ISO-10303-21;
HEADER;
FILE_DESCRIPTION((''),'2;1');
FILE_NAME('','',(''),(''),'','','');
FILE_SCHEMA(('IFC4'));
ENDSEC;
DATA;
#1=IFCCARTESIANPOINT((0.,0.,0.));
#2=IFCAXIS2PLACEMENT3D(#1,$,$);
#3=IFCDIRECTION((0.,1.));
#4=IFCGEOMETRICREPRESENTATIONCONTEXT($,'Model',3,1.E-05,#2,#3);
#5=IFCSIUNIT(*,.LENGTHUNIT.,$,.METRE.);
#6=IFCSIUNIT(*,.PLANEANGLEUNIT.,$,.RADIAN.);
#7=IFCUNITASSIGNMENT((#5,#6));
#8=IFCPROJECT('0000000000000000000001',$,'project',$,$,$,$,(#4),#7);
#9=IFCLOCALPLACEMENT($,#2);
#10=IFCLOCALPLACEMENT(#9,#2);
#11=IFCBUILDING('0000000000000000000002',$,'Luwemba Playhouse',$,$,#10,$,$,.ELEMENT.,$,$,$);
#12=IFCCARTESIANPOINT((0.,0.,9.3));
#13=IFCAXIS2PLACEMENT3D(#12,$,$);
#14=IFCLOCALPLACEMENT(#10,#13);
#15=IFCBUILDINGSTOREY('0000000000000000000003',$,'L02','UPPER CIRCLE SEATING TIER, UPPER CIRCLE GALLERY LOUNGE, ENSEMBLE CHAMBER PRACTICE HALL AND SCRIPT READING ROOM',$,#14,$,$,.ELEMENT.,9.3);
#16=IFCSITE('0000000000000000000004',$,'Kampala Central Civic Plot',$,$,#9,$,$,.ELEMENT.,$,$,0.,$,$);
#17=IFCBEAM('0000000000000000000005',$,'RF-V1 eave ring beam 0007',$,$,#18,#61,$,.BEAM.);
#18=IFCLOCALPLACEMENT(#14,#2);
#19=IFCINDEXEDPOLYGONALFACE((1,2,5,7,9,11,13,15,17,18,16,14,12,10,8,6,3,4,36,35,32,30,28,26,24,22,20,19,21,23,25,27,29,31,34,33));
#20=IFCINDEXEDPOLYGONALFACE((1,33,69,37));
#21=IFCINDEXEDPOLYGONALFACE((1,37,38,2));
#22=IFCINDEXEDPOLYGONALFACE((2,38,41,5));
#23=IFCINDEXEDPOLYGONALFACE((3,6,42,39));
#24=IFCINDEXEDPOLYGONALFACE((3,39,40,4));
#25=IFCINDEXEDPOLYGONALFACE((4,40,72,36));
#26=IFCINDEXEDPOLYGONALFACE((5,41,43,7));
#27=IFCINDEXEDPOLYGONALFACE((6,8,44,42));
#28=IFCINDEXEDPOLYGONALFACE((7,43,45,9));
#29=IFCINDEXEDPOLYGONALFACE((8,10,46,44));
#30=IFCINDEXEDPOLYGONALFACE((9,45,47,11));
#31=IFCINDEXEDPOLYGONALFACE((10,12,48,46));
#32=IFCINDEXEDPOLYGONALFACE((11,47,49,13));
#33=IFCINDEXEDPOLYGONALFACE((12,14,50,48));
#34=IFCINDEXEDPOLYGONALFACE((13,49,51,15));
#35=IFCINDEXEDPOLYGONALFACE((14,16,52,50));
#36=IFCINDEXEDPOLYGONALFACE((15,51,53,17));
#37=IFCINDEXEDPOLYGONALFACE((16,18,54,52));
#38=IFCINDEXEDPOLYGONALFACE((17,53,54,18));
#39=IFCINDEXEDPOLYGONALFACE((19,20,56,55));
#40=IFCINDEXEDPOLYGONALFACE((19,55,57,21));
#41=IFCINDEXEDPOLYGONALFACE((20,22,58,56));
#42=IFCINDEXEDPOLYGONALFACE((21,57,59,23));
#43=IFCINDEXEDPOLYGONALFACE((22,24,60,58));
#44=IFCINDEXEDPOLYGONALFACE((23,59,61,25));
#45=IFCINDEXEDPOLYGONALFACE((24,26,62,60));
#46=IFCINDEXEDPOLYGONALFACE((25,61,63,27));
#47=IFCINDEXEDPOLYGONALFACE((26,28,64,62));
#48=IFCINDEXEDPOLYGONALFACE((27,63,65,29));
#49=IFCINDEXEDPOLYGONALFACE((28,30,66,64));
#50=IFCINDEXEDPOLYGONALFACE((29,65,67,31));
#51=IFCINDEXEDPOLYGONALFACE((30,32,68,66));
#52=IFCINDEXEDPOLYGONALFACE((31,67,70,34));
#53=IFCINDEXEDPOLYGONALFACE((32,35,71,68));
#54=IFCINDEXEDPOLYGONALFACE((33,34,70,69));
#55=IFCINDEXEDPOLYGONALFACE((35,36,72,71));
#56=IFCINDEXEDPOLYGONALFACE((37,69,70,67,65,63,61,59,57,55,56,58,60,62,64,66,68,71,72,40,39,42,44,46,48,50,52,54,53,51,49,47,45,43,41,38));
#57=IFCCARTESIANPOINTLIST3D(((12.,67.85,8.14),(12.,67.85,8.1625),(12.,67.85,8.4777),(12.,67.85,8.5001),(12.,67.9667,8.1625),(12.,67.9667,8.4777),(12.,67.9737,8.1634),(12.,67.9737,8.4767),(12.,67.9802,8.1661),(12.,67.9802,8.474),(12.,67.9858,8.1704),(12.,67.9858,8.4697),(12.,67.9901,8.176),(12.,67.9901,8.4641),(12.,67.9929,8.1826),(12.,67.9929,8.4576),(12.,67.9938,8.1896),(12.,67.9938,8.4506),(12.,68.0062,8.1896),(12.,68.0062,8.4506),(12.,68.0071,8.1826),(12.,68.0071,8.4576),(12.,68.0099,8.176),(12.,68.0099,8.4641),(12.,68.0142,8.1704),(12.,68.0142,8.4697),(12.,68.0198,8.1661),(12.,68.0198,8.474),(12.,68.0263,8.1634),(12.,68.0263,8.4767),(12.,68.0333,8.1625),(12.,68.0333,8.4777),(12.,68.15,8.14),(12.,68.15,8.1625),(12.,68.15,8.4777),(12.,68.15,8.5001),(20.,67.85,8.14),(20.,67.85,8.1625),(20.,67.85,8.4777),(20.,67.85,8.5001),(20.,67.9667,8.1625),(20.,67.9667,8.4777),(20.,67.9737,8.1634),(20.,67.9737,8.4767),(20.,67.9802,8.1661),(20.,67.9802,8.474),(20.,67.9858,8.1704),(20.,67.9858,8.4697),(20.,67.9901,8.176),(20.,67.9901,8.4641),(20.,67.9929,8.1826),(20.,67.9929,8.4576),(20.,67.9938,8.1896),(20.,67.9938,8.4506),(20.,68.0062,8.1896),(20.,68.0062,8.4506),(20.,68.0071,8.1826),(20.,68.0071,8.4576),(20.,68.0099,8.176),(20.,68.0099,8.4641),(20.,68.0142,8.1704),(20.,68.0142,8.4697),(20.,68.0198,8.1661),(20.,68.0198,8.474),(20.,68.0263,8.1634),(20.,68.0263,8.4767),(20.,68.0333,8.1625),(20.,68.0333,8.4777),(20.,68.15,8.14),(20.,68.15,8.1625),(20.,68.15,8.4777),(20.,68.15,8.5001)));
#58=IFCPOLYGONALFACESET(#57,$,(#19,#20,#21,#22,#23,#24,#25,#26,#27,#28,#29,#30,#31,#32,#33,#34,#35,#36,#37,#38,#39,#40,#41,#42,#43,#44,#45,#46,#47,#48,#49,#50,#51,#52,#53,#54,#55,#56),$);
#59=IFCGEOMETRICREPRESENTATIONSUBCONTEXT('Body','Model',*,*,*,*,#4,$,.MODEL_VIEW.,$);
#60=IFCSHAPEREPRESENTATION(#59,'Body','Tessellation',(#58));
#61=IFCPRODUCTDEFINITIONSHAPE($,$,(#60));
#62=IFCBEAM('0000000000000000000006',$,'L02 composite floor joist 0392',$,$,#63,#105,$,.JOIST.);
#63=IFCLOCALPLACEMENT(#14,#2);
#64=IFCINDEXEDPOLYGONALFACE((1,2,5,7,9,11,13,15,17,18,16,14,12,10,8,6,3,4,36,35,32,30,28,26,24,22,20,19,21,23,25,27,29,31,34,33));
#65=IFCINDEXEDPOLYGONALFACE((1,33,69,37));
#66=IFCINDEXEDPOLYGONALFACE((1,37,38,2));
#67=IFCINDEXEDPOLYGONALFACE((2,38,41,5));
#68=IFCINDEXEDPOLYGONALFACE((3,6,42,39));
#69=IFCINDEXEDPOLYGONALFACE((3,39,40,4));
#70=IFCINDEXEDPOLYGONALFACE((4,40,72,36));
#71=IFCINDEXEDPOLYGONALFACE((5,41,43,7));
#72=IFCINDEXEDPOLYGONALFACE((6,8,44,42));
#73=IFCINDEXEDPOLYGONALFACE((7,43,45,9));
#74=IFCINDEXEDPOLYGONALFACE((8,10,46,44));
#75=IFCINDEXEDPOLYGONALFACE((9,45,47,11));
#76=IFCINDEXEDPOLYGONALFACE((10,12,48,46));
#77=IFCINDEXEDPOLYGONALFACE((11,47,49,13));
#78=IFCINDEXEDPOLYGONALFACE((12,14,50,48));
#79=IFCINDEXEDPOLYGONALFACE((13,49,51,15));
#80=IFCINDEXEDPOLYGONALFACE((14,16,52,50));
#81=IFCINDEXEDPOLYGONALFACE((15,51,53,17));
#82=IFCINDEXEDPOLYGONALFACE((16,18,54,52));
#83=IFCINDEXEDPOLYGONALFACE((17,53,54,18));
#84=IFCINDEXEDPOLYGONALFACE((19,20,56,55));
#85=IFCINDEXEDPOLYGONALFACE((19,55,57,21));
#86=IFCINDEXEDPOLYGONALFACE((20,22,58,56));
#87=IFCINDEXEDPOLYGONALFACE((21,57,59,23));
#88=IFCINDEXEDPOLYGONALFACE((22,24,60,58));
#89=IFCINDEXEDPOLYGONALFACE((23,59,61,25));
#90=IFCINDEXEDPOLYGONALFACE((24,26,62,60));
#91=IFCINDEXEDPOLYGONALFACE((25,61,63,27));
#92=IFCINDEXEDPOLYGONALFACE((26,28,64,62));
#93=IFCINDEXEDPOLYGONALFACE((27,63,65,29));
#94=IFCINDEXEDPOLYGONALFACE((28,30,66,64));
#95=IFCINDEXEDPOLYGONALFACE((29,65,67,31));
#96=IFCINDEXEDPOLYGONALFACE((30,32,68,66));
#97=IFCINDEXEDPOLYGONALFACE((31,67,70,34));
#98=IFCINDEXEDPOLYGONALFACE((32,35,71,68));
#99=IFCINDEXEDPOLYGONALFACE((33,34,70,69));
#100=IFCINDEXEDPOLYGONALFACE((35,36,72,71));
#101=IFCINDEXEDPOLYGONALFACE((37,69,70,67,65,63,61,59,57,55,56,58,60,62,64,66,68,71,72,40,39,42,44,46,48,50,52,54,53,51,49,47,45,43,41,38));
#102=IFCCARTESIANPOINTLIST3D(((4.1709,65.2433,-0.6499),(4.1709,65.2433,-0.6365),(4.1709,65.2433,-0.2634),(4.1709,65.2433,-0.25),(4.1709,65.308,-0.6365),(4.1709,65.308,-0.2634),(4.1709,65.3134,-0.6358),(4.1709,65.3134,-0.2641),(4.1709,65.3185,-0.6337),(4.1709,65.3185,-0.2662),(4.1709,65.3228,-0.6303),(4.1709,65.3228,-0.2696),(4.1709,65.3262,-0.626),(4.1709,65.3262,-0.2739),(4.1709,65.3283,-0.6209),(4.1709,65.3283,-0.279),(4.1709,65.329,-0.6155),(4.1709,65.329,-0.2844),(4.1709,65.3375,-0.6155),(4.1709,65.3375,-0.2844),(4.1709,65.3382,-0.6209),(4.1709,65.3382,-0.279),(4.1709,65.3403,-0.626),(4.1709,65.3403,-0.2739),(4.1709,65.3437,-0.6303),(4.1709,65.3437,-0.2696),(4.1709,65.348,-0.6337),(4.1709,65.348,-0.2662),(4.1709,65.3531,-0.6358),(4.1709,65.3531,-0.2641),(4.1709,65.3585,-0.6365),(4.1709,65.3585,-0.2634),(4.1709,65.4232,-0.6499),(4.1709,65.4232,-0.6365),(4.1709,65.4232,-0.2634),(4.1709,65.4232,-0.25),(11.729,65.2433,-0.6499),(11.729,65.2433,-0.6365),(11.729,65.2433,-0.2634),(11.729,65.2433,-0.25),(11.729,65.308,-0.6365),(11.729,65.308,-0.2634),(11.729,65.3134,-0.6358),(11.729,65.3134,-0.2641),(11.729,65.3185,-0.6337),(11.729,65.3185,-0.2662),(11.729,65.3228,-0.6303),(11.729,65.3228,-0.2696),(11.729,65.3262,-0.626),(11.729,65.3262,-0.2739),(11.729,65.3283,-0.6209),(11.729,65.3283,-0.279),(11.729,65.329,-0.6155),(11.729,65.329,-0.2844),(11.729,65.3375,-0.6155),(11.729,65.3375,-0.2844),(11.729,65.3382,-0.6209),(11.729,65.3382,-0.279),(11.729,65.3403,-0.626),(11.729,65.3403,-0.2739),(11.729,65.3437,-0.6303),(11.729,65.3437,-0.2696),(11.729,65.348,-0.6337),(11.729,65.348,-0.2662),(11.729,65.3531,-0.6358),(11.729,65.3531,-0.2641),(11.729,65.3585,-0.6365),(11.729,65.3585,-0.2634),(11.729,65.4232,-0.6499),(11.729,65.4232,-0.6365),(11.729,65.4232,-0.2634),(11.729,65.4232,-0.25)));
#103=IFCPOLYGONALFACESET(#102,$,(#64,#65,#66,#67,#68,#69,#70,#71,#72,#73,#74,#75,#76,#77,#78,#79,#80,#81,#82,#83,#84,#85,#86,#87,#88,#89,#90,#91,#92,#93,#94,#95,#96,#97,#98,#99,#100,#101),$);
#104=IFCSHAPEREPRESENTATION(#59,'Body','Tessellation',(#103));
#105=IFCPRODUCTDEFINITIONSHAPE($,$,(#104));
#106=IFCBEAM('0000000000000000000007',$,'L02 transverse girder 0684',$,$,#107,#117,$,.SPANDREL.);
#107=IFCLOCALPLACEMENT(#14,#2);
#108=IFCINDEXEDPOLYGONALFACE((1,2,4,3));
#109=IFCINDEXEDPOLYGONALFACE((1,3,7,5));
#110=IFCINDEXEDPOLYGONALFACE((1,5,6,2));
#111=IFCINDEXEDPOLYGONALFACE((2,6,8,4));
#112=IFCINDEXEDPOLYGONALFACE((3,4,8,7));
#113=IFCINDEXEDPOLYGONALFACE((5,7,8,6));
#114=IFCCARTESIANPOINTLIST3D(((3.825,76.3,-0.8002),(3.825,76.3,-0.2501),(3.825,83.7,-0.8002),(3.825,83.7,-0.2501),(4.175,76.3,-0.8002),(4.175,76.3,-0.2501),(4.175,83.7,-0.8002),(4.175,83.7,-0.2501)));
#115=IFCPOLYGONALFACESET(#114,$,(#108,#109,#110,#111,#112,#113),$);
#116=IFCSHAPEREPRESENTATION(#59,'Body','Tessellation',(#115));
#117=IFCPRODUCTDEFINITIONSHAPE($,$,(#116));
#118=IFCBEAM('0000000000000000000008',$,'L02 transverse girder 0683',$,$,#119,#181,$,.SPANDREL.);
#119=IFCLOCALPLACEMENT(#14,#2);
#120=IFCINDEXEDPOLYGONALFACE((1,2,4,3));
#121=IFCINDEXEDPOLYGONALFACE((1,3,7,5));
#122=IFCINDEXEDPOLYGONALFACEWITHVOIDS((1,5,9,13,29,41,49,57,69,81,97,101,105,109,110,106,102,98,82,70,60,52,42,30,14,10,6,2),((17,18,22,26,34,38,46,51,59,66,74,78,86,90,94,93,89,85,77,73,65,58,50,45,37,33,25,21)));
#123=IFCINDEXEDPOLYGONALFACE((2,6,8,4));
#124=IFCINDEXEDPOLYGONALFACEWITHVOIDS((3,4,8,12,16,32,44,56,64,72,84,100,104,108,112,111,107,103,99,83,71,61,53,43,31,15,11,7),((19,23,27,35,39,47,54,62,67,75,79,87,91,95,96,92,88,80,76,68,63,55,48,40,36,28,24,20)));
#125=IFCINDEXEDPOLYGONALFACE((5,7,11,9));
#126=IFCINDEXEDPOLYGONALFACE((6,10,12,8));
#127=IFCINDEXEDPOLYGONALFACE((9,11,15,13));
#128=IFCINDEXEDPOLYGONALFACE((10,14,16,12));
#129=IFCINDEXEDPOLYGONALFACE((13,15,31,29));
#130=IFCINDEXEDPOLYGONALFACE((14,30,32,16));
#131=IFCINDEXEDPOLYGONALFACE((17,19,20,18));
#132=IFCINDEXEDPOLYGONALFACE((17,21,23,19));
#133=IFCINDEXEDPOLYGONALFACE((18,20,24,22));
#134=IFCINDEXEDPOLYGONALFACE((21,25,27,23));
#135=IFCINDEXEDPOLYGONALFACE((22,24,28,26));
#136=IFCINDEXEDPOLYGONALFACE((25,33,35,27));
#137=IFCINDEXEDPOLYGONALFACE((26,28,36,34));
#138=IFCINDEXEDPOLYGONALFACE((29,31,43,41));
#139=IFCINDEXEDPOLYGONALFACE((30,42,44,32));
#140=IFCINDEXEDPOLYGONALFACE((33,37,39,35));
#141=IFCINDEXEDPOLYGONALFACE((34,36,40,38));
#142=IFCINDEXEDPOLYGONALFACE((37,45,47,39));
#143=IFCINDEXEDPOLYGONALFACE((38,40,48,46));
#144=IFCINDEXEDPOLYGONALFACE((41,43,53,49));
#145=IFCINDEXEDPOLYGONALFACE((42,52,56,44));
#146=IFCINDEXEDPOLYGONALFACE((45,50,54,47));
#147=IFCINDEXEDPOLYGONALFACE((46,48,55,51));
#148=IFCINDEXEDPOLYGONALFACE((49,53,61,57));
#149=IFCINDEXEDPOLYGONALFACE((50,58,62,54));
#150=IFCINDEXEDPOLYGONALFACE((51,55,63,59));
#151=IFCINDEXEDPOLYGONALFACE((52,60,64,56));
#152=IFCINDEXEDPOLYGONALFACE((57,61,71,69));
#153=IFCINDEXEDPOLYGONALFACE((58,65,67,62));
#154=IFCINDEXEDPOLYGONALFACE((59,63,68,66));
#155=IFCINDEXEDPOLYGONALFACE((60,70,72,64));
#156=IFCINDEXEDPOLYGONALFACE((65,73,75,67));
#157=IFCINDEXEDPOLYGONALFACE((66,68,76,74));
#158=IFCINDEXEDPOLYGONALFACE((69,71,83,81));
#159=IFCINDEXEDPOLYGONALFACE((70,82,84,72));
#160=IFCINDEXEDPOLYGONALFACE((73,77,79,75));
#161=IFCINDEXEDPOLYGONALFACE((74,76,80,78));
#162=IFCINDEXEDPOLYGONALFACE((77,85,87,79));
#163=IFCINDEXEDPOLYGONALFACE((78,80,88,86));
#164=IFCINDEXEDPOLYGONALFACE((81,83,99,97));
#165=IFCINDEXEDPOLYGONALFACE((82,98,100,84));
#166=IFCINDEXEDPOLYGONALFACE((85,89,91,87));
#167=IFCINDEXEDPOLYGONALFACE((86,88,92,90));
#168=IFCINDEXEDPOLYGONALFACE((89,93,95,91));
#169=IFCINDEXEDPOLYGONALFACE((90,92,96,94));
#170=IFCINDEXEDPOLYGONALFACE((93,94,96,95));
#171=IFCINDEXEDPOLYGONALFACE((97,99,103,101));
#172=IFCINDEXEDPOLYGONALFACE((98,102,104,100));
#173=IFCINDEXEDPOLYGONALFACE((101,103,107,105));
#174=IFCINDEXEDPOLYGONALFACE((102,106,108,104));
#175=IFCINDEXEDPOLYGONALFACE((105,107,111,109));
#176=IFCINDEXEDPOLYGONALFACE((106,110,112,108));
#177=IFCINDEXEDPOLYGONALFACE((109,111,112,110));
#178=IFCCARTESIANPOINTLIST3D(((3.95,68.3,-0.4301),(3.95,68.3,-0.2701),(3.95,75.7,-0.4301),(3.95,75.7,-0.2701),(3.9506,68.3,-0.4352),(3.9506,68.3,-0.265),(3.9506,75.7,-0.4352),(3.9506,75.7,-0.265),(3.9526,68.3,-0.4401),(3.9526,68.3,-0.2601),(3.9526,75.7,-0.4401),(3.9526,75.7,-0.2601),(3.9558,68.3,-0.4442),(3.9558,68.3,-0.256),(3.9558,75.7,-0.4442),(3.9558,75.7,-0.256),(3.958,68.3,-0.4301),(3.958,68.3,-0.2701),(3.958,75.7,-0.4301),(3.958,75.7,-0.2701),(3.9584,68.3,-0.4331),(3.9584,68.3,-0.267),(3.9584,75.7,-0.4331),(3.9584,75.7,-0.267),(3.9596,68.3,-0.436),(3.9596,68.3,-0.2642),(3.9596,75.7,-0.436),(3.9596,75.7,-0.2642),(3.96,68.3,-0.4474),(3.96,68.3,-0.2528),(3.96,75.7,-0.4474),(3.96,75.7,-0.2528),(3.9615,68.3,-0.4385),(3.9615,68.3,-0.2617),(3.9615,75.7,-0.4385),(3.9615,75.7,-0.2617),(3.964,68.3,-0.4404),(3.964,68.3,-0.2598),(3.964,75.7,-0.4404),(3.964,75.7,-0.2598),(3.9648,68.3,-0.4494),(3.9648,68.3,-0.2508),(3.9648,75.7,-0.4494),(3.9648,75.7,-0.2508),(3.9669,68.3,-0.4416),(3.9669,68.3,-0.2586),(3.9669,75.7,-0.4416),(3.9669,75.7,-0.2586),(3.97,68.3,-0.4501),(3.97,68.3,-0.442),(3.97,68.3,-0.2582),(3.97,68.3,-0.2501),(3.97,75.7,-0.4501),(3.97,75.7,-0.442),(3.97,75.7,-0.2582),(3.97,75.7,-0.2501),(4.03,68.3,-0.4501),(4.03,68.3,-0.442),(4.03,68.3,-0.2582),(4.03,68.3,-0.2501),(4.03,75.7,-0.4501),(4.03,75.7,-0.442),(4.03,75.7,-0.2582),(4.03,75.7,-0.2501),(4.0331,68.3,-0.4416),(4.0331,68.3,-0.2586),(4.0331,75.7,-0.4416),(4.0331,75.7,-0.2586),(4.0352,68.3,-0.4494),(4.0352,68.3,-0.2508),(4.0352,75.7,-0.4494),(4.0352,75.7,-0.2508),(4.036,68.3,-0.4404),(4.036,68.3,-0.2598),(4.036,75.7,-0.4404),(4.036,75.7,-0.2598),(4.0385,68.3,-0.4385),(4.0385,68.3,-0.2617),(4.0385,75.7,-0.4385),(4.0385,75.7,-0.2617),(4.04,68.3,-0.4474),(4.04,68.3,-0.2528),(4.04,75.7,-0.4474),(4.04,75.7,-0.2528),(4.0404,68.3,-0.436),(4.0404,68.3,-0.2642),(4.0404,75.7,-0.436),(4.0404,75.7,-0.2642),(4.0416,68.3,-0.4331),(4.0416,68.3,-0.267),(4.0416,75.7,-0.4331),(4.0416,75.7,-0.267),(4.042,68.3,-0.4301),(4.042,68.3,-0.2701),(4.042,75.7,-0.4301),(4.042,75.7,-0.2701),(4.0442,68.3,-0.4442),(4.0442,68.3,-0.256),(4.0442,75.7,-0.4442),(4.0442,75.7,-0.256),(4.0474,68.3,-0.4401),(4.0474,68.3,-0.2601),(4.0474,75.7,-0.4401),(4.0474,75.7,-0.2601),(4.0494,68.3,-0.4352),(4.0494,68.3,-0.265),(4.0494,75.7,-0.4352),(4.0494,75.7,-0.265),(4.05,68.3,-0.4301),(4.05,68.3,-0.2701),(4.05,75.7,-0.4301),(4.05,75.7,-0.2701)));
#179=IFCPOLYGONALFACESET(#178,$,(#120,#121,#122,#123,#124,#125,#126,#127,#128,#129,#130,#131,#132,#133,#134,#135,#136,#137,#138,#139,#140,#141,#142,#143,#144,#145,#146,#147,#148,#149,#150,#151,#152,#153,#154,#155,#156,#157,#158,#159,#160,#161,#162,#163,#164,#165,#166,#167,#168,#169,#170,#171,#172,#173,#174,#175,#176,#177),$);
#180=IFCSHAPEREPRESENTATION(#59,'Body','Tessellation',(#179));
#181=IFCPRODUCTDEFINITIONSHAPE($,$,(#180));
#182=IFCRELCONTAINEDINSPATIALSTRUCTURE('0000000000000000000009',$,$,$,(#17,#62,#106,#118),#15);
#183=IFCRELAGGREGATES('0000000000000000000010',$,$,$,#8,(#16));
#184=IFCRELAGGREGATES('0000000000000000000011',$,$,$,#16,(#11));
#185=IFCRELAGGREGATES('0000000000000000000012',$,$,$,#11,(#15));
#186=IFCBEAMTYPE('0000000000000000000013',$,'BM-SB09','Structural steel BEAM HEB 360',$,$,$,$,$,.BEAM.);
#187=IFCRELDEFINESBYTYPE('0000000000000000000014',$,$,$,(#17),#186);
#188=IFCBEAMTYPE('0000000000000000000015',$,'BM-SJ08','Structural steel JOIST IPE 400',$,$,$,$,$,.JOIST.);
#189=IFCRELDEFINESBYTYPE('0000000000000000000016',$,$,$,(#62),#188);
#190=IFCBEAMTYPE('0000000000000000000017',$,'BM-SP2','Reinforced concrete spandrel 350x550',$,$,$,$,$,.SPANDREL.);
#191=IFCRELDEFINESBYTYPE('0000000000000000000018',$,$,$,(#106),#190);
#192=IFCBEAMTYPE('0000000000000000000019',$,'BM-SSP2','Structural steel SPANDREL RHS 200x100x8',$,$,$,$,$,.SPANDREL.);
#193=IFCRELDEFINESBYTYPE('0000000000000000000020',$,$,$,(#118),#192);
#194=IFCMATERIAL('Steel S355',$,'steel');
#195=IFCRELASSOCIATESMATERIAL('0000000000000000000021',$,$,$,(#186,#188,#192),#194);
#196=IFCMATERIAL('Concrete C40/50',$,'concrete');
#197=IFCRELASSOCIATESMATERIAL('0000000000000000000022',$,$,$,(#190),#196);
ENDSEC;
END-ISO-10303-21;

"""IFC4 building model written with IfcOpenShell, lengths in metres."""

from ifc_helpers import new_model, si_unit, direction, frame, origin, origin_2d, place, context, subcontext, project, spatial, rectangle, hollow_rectangle, i_section, extrude, material, material_profile, profile_set, type_object, element, save


model = new_model("IFC4")

# Units and contexts
model_context = context("Model", 3, precision=1e-05, world=origin(), true_north=direction((0.0, 1.0)))
body_context = subcontext(model_context, "Body", "Model", "MODEL_VIEW")
ifc_project = project(units=[si_unit("LENGTHUNIT", "METRE"), si_unit("PLANEANGLEUNIT", "RADIAN")], contexts=[model_context])

# Site, building, storey
site_placement = place(None, origin())
site = spatial("IfcSite", under=ifc_project, at=site_placement, Name="Kampala Central Civic Plot", CompositionType="ELEMENT", RefElevation=0.0)
building_placement = place(site_placement, origin())
building = spatial("IfcBuilding", under=site, at=building_placement, Name="Luwemba Playhouse", CompositionType="ELEMENT")
storey_placement = place(building_placement, frame((0.0, 0.0, 9.3)))
storey = spatial("IfcBuildingStorey", under=building, at=storey_placement, Name="L02", Description="UPPER CIRCLE SEATING TIER, UPPER CIRCLE GALLERY LOUNGE, ENSEMBLE CHAMBER PRACTICE HALL AND SCRIPT READING ROOM", CompositionType="ELEMENT", Elevation=9.3)

# Shared definitions
ifc_material_1 = material(Name="Concrete C40/50", Category="concrete")
ifc_material_2 = material(Name="Steel S355", Category="steel")

# Beams
ifc_material_profile_1 = material_profile(ifc_material_2, i_section(OverallWidth=0.3, OverallDepth=0.3601, WebThickness=0.0125, FlangeThickness=0.0225, FilletRadius=0.0271, at=origin_2d()))
ifc_profile_set_1 = profile_set([ifc_material_profile_1], Name="Steel S355")
beam_type_1 = type_object("IfcBeamType", Name="BM-SB09", Description="Structural steel BEAM HEB 360", PredefinedType="BEAM", material=ifc_profile_set_1)
for number, where, z_axis, x_axis, name in (
    (1, (12.0, 68.0, 8.3201), (1.0, 0.0, 0.0), (0.0, 1.0, 0.0), "RF-V1 eave ring beam 0007"),
):
    element("IfcBeam", number, at=place(storey_placement, frame(where, z_axis=z_axis, x_axis=x_axis)), inside=storey, type_object=beam_type_1, Name=name, PredefinedType="BEAM", context=body_context, shape_type="SweptSolid", body=[
        extrude(i_section(OverallWidth=0.3, OverallDepth=0.3601, WebThickness=0.0125, FlangeThickness=0.0225, FilletRadius=0.0271, at=origin_2d()), origin(), (0.0, 0.0, 1.0), 8.0),
    ])
ifc_material_profile_2 = material_profile(ifc_material_2, i_section(OverallWidth=0.1799, OverallDepth=0.3999, WebThickness=0.0085, FlangeThickness=0.0134, FilletRadius=0.021, at=origin_2d()))
ifc_profile_set_2 = profile_set([ifc_material_profile_2], Name="Steel S355")
beam_type_2 = type_object("IfcBeamType", Name="BM-SJ08", Description="Structural steel JOIST IPE 400", PredefinedType="JOIST", material=ifc_profile_set_2)
beam_1_placement = place(storey_placement, frame((4.1709, 65.3333, -0.45), z_axis=(1.0, 0.0, 0.0), x_axis=(0.0, 1.0, 0.0)))
element("IfcBeam", 2, at=beam_1_placement, inside=storey, type_object=beam_type_2, Name="L02 composite floor joist 0392", PredefinedType="JOIST", context=body_context, shape_type="SweptSolid", body=[
    extrude(i_section(OverallWidth=0.1799, OverallDepth=0.3999, WebThickness=0.0085, FlangeThickness=0.0134, FilletRadius=0.021, at=origin_2d()), origin(), (0.0, 0.0, 1.0), 7.5581),
])
ifc_material_profile_3 = material_profile(ifc_material_1, rectangle(XDim=0.3501, YDim=0.55, at=origin_2d()))
ifc_profile_set_3 = profile_set([ifc_material_profile_3], Name="Concrete C40/50")
beam_type_3 = type_object("IfcBeamType", Name="BM-SP2", Description="Reinforced concrete spandrel 350x550", PredefinedType="SPANDREL", material=ifc_profile_set_3)
beam_2_placement = place(storey_placement, frame((4.0, 76.3, -0.5251), z_axis=(0.0, 1.0, 0.0), x_axis=(-1.0, 0.0, 0.0)))
element("IfcBeam", 3, at=beam_2_placement, inside=storey, type_object=beam_type_3, Name="L02 transverse girder 0684", PredefinedType="SPANDREL", context=body_context, shape_type="SweptSolid", body=[
    extrude(rectangle(XDim=0.3501, YDim=0.55, at=origin_2d()), origin(), (0.0, 0.0, 1.0), 7.3999),
])
ifc_material_profile_4 = material_profile(ifc_material_2, hollow_rectangle(XDim=0.1001, YDim=0.2, WallThickness=0.0081, InnerFilletRadius=0.012, OuterFilletRadius=0.02, at=origin_2d()))
ifc_profile_set_4 = profile_set([ifc_material_profile_4], Name="Steel S355")
beam_type_4 = type_object("IfcBeamType", Name="BM-SSP2", Description="Structural steel SPANDREL RHS 200x100x8", PredefinedType="SPANDREL", material=ifc_profile_set_4)
beam_3_placement = place(storey_placement, frame((4.0, 68.3, -0.3501), z_axis=(0.0, 1.0, 0.0), x_axis=(-1.0, 0.0, 0.0)))
element("IfcBeam", 4, at=beam_3_placement, inside=storey, type_object=beam_type_4, Name="L02 transverse girder 0683", PredefinedType="SPANDREL", context=body_context, shape_type="SweptSolid", body=[
    extrude(hollow_rectangle(XDim=0.1001, YDim=0.2, WallThickness=0.0081, InnerFilletRadius=0.012, OuterFilletRadius=0.02, at=origin_2d()), origin(), (0.0, 0.0, 1.0), 7.3999),
])

save(model, "model.ifc")
